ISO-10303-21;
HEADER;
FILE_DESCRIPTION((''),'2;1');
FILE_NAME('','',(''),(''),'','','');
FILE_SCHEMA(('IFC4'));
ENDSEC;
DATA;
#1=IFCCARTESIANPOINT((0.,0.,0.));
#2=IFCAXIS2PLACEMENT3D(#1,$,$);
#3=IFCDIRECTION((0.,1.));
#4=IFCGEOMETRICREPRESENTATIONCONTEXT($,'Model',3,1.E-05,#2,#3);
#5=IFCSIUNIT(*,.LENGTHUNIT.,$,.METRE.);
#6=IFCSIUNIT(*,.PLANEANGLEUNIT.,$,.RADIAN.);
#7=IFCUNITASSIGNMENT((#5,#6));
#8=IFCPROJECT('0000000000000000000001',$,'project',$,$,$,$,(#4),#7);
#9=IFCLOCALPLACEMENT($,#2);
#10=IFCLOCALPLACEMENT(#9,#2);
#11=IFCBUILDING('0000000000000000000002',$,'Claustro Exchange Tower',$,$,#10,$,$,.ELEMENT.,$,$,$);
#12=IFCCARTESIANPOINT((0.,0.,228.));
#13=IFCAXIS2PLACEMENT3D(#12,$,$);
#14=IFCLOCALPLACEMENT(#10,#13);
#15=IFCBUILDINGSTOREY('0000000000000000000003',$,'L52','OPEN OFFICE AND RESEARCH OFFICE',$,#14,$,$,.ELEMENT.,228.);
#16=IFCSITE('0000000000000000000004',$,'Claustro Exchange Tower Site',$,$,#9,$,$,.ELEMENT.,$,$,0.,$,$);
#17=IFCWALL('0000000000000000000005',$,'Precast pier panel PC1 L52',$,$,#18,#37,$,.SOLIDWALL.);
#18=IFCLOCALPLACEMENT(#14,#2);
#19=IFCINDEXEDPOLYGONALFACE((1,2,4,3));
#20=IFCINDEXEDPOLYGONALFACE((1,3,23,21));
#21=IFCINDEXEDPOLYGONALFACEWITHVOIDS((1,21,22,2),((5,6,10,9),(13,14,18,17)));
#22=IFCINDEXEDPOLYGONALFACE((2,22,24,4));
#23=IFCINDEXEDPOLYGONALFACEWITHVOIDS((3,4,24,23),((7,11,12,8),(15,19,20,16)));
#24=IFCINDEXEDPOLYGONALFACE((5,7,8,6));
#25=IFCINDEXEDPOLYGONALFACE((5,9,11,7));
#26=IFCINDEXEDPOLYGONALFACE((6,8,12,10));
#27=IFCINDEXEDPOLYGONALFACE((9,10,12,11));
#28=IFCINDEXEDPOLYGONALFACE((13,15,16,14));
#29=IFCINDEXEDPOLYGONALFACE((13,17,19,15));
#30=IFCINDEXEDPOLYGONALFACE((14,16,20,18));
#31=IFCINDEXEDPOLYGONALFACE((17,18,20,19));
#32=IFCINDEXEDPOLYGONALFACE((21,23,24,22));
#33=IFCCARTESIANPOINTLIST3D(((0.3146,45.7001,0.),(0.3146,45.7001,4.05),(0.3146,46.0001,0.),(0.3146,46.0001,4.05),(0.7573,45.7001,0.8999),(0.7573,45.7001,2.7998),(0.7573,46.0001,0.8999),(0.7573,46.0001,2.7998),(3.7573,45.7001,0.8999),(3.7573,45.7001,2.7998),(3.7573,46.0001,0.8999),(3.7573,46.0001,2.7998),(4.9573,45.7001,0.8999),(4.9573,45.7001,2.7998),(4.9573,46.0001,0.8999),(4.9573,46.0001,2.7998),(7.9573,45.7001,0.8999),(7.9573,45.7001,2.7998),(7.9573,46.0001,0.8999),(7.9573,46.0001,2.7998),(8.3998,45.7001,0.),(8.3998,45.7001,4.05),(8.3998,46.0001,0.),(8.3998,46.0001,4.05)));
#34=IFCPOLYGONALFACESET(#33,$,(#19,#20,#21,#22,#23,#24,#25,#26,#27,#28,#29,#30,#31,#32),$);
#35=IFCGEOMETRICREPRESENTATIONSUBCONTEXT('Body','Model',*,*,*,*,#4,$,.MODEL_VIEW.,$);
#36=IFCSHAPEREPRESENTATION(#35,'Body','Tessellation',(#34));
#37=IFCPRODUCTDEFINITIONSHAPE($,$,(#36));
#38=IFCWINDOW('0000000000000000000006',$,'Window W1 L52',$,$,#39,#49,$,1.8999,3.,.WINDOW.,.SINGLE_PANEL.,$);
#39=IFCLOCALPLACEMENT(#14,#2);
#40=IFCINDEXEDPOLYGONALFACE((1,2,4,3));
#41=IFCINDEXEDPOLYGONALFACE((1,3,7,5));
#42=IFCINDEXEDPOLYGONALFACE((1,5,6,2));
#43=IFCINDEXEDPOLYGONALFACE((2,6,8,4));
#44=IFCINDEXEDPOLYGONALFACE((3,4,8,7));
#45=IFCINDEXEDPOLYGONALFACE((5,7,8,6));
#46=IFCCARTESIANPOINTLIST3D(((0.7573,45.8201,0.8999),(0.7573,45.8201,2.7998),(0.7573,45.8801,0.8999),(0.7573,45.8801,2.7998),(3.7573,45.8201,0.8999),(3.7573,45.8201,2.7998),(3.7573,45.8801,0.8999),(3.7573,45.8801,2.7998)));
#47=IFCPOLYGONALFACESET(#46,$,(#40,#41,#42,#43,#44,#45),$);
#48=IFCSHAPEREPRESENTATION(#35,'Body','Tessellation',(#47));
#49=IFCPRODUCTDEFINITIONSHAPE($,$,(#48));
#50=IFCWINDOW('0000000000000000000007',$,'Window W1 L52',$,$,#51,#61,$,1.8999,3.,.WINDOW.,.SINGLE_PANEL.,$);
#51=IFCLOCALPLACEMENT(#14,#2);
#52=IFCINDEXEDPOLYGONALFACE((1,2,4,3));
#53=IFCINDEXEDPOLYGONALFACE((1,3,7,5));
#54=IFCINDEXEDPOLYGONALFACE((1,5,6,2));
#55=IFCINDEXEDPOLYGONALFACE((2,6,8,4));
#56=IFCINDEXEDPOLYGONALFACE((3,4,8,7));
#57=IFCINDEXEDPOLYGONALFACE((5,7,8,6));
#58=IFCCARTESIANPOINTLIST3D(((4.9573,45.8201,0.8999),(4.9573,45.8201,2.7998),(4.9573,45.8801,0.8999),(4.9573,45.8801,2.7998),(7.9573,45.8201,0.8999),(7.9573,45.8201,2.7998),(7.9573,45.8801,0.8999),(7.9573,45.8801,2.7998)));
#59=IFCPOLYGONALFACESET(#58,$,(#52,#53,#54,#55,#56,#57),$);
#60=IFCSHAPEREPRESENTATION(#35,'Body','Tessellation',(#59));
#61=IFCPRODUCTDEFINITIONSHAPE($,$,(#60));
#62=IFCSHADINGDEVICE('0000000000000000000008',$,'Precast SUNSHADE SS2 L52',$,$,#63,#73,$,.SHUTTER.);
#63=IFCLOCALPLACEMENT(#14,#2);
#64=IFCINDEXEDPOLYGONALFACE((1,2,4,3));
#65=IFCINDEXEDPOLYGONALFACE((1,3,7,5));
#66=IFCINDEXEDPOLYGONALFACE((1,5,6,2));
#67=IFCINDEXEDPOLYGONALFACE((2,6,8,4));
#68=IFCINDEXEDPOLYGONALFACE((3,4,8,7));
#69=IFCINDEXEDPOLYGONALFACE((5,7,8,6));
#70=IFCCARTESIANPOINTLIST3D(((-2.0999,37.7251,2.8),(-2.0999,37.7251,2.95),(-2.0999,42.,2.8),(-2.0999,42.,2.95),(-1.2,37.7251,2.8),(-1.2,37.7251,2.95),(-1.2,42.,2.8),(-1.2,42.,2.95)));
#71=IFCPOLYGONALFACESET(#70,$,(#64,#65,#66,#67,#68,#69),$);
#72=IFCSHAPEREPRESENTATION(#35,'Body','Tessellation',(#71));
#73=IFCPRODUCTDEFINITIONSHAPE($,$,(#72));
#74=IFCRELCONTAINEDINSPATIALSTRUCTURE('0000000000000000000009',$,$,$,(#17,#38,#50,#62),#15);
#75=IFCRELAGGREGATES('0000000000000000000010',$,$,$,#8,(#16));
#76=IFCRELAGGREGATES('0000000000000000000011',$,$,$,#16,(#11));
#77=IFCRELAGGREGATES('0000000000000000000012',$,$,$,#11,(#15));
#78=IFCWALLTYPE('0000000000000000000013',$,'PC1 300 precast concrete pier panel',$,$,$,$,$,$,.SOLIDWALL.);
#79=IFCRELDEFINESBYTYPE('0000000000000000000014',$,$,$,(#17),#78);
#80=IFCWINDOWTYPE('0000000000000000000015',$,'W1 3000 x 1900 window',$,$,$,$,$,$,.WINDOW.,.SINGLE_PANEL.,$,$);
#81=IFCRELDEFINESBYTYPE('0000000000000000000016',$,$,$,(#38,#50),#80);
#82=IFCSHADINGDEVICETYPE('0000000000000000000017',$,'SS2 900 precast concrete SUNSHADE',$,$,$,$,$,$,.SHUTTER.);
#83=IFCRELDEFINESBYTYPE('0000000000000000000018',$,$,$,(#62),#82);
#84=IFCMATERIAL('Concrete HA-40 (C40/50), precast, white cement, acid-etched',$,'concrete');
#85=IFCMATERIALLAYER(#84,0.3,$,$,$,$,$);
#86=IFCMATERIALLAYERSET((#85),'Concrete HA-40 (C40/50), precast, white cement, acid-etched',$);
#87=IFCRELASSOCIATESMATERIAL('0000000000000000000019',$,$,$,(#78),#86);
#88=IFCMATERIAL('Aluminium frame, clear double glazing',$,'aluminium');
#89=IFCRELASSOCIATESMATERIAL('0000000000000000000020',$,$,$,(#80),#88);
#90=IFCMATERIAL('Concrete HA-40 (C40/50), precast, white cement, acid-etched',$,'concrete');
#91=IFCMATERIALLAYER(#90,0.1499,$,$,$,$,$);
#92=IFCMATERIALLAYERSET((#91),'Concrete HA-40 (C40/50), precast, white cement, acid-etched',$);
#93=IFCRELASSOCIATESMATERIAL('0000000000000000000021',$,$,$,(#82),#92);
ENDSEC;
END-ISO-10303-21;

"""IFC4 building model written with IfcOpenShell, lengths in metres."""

from ifc_helpers import new_model, si_unit, direction, frame, frame_2d, origin, origin_2d, place, context, subcontext, project, spatial, rectangle, extrude, material, layer, layer_set, type_object, element, fill, save


model = new_model("IFC4")

# Units and contexts
model_context = context("Model", 3, precision=1e-05, world=origin(), true_north=direction((0.0, 1.0)))
body_context = subcontext(model_context, "Body", "Model", "MODEL_VIEW")
ifc_project = project(units=[si_unit("LENGTHUNIT", "METRE"), si_unit("PLANEANGLEUNIT", "RADIAN")], contexts=[model_context])

# Site, building, storey
site_placement = place(None, origin())
site = spatial("IfcSite", under=ifc_project, at=site_placement, Name="Claustro Exchange Tower Site", CompositionType="ELEMENT", RefElevation=0.0)
building_placement = place(site_placement, origin())
building = spatial("IfcBuilding", under=site, at=building_placement, Name="Claustro Exchange Tower", CompositionType="ELEMENT")
storey_placement = place(building_placement, frame((0.0, 0.0, 228.0)))
storey = spatial("IfcBuildingStorey", under=building, at=storey_placement, Name="L52", Description="OPEN OFFICE AND RESEARCH OFFICE", CompositionType="ELEMENT", Elevation=228.0)

# Shared definitions
ifc_material_1 = material(Name="Concrete HA-40 (C40/50), precast, white cement, acid-etched", Category="concrete")
ifc_layer_1 = layer(ifc_material_1, 0.3)
ifc_layer_set_1 = layer_set([ifc_layer_1], Name="Concrete HA-40 (C40/50), precast, white cement, acid-etched")
wall_type_1 = type_object("IfcWallType", Name="PC1 300 precast concrete pier panel", PredefinedType="SOLIDWALL", material=ifc_layer_set_1)

# Wall, openings, windows
wall_1_placement = place(storey_placement, frame((0.3147, 45.8501, 0.0), z_axis=(0.0, 0.0, 1.0), x_axis=(1.0, 0.0, 0.0)))
wall_1 = element("IfcWall", 1, at=wall_1_placement, inside=storey, type_object=wall_type_1, Name="Precast pier panel PC1 L52", PredefinedType="SOLIDWALL", context=body_context, shape_type="SweptSolid", body=[
    extrude(rectangle(XDim=8.0852, YDim=0.3, at=frame_2d((4.0425, 0.0))), origin(), (0.0, 0.0, 1.0), 4.05),
])
opening_1_placement = place(wall_1_placement, frame((0.4426, 0.0, 0.8999)))
opening_1 = element("IfcOpeningElement", 2, at=opening_1_placement, cuts=wall_1, PredefinedType="OPENING", context=body_context, shape_type="SweptSolid", body=[
    extrude(rectangle(XDim=3.0, YDim=1.8999, at=frame_2d((1.5, 0.95))), frame((0.0, 0.1599, 0.0), z_axis=(0.0, -1.0, 0.0), x_axis=(1.0, 0.0, 0.0)), (0.0, 0.0, 1.0), 0.3201),
])
opening_2_placement = place(wall_1_placement, frame((4.6426, 0.0, 0.8999)))
opening_2 = element("IfcOpeningElement", 3, at=opening_2_placement, cuts=wall_1, PredefinedType="OPENING", context=body_context, shape_type="SweptSolid", body=[
    extrude(rectangle(XDim=3.0, YDim=1.8999, at=frame_2d((1.5, 0.95))), frame((0.0, 0.1599, 0.0), z_axis=(0.0, -1.0, 0.0), x_axis=(1.0, 0.0, 0.0)), (0.0, 0.0, 1.0), 0.3201),
])
ifc_material_2 = material(Name="Aluminium frame, clear double glazing", Category="aluminium")
window_type_1 = type_object("IfcWindowType", Name="W1 3000 x 1900 window", PartitioningType="SINGLE_PANEL", PredefinedType="WINDOW", material=ifc_material_2)
window_1_placement = place(opening_1_placement, origin())
window_1 = element("IfcWindow", 4, at=window_1_placement, inside=storey, type_object=window_type_1, Name="Window W1 L52", OverallHeight=1.8999, OverallWidth=3.0, PartitioningType="SINGLE_PANEL", PredefinedType="WINDOW", context=body_context, shape_type="SweptSolid", body=[
    extrude(rectangle(XDim=3.0, YDim=1.8999, at=frame_2d((1.5, 0.95))), frame((0.0, 0.03, 0.0), z_axis=(0.0, -1.0, 0.0), x_axis=(1.0, 0.0, 0.0)), (0.0, 0.0, 1.0), 0.0601),
])
fill(opening_1, window_1)
window_2_placement = place(opening_2_placement, origin())
window_2 = element("IfcWindow", 5, at=window_2_placement, inside=storey, type_object=window_type_1, Name="Window W1 L52", OverallHeight=1.8999, OverallWidth=3.0, PartitioningType="SINGLE_PANEL", PredefinedType="WINDOW", context=body_context, shape_type="SweptSolid", body=[
    extrude(rectangle(XDim=3.0, YDim=1.8999, at=frame_2d((1.5, 0.95))), frame((0.0, 0.03, 0.0), z_axis=(0.0, -1.0, 0.0), x_axis=(1.0, 0.0, 0.0)), (0.0, 0.0, 1.0), 0.0601),
])
fill(opening_2, window_2)

# Shading device
ifc_material_3 = material(Name="Concrete HA-40 (C40/50), precast, white cement, acid-etched", Category="concrete")
ifc_layer_2 = layer(ifc_material_3, 0.1499)
ifc_layer_set_2 = layer_set([ifc_layer_2], Name="Concrete HA-40 (C40/50), precast, white cement, acid-etched")
shading_device_type = type_object("IfcShadingDeviceType", Name="SS2 900 precast concrete SUNSHADE", PredefinedType="SHUTTER", material=ifc_layer_set_2)
shading_device_placement = place(storey_placement, frame((-1.6499, 39.8625, 2.8), z_axis=(0.0, 0.0, 1.0), x_axis=(0.0, 1.0, 0.0)))
element("IfcShadingDevice", 6, at=shading_device_placement, inside=storey, type_object=shading_device_type, Name="Precast SUNSHADE SS2 L52", PredefinedType="SHUTTER", context=body_context, shape_type="SweptSolid", body=[
    extrude(rectangle(XDim=4.2749, YDim=0.8999, at=origin_2d()), origin(), (0.0, 0.0, 1.0), 0.1499),
])

save(model, "model.ifc")
